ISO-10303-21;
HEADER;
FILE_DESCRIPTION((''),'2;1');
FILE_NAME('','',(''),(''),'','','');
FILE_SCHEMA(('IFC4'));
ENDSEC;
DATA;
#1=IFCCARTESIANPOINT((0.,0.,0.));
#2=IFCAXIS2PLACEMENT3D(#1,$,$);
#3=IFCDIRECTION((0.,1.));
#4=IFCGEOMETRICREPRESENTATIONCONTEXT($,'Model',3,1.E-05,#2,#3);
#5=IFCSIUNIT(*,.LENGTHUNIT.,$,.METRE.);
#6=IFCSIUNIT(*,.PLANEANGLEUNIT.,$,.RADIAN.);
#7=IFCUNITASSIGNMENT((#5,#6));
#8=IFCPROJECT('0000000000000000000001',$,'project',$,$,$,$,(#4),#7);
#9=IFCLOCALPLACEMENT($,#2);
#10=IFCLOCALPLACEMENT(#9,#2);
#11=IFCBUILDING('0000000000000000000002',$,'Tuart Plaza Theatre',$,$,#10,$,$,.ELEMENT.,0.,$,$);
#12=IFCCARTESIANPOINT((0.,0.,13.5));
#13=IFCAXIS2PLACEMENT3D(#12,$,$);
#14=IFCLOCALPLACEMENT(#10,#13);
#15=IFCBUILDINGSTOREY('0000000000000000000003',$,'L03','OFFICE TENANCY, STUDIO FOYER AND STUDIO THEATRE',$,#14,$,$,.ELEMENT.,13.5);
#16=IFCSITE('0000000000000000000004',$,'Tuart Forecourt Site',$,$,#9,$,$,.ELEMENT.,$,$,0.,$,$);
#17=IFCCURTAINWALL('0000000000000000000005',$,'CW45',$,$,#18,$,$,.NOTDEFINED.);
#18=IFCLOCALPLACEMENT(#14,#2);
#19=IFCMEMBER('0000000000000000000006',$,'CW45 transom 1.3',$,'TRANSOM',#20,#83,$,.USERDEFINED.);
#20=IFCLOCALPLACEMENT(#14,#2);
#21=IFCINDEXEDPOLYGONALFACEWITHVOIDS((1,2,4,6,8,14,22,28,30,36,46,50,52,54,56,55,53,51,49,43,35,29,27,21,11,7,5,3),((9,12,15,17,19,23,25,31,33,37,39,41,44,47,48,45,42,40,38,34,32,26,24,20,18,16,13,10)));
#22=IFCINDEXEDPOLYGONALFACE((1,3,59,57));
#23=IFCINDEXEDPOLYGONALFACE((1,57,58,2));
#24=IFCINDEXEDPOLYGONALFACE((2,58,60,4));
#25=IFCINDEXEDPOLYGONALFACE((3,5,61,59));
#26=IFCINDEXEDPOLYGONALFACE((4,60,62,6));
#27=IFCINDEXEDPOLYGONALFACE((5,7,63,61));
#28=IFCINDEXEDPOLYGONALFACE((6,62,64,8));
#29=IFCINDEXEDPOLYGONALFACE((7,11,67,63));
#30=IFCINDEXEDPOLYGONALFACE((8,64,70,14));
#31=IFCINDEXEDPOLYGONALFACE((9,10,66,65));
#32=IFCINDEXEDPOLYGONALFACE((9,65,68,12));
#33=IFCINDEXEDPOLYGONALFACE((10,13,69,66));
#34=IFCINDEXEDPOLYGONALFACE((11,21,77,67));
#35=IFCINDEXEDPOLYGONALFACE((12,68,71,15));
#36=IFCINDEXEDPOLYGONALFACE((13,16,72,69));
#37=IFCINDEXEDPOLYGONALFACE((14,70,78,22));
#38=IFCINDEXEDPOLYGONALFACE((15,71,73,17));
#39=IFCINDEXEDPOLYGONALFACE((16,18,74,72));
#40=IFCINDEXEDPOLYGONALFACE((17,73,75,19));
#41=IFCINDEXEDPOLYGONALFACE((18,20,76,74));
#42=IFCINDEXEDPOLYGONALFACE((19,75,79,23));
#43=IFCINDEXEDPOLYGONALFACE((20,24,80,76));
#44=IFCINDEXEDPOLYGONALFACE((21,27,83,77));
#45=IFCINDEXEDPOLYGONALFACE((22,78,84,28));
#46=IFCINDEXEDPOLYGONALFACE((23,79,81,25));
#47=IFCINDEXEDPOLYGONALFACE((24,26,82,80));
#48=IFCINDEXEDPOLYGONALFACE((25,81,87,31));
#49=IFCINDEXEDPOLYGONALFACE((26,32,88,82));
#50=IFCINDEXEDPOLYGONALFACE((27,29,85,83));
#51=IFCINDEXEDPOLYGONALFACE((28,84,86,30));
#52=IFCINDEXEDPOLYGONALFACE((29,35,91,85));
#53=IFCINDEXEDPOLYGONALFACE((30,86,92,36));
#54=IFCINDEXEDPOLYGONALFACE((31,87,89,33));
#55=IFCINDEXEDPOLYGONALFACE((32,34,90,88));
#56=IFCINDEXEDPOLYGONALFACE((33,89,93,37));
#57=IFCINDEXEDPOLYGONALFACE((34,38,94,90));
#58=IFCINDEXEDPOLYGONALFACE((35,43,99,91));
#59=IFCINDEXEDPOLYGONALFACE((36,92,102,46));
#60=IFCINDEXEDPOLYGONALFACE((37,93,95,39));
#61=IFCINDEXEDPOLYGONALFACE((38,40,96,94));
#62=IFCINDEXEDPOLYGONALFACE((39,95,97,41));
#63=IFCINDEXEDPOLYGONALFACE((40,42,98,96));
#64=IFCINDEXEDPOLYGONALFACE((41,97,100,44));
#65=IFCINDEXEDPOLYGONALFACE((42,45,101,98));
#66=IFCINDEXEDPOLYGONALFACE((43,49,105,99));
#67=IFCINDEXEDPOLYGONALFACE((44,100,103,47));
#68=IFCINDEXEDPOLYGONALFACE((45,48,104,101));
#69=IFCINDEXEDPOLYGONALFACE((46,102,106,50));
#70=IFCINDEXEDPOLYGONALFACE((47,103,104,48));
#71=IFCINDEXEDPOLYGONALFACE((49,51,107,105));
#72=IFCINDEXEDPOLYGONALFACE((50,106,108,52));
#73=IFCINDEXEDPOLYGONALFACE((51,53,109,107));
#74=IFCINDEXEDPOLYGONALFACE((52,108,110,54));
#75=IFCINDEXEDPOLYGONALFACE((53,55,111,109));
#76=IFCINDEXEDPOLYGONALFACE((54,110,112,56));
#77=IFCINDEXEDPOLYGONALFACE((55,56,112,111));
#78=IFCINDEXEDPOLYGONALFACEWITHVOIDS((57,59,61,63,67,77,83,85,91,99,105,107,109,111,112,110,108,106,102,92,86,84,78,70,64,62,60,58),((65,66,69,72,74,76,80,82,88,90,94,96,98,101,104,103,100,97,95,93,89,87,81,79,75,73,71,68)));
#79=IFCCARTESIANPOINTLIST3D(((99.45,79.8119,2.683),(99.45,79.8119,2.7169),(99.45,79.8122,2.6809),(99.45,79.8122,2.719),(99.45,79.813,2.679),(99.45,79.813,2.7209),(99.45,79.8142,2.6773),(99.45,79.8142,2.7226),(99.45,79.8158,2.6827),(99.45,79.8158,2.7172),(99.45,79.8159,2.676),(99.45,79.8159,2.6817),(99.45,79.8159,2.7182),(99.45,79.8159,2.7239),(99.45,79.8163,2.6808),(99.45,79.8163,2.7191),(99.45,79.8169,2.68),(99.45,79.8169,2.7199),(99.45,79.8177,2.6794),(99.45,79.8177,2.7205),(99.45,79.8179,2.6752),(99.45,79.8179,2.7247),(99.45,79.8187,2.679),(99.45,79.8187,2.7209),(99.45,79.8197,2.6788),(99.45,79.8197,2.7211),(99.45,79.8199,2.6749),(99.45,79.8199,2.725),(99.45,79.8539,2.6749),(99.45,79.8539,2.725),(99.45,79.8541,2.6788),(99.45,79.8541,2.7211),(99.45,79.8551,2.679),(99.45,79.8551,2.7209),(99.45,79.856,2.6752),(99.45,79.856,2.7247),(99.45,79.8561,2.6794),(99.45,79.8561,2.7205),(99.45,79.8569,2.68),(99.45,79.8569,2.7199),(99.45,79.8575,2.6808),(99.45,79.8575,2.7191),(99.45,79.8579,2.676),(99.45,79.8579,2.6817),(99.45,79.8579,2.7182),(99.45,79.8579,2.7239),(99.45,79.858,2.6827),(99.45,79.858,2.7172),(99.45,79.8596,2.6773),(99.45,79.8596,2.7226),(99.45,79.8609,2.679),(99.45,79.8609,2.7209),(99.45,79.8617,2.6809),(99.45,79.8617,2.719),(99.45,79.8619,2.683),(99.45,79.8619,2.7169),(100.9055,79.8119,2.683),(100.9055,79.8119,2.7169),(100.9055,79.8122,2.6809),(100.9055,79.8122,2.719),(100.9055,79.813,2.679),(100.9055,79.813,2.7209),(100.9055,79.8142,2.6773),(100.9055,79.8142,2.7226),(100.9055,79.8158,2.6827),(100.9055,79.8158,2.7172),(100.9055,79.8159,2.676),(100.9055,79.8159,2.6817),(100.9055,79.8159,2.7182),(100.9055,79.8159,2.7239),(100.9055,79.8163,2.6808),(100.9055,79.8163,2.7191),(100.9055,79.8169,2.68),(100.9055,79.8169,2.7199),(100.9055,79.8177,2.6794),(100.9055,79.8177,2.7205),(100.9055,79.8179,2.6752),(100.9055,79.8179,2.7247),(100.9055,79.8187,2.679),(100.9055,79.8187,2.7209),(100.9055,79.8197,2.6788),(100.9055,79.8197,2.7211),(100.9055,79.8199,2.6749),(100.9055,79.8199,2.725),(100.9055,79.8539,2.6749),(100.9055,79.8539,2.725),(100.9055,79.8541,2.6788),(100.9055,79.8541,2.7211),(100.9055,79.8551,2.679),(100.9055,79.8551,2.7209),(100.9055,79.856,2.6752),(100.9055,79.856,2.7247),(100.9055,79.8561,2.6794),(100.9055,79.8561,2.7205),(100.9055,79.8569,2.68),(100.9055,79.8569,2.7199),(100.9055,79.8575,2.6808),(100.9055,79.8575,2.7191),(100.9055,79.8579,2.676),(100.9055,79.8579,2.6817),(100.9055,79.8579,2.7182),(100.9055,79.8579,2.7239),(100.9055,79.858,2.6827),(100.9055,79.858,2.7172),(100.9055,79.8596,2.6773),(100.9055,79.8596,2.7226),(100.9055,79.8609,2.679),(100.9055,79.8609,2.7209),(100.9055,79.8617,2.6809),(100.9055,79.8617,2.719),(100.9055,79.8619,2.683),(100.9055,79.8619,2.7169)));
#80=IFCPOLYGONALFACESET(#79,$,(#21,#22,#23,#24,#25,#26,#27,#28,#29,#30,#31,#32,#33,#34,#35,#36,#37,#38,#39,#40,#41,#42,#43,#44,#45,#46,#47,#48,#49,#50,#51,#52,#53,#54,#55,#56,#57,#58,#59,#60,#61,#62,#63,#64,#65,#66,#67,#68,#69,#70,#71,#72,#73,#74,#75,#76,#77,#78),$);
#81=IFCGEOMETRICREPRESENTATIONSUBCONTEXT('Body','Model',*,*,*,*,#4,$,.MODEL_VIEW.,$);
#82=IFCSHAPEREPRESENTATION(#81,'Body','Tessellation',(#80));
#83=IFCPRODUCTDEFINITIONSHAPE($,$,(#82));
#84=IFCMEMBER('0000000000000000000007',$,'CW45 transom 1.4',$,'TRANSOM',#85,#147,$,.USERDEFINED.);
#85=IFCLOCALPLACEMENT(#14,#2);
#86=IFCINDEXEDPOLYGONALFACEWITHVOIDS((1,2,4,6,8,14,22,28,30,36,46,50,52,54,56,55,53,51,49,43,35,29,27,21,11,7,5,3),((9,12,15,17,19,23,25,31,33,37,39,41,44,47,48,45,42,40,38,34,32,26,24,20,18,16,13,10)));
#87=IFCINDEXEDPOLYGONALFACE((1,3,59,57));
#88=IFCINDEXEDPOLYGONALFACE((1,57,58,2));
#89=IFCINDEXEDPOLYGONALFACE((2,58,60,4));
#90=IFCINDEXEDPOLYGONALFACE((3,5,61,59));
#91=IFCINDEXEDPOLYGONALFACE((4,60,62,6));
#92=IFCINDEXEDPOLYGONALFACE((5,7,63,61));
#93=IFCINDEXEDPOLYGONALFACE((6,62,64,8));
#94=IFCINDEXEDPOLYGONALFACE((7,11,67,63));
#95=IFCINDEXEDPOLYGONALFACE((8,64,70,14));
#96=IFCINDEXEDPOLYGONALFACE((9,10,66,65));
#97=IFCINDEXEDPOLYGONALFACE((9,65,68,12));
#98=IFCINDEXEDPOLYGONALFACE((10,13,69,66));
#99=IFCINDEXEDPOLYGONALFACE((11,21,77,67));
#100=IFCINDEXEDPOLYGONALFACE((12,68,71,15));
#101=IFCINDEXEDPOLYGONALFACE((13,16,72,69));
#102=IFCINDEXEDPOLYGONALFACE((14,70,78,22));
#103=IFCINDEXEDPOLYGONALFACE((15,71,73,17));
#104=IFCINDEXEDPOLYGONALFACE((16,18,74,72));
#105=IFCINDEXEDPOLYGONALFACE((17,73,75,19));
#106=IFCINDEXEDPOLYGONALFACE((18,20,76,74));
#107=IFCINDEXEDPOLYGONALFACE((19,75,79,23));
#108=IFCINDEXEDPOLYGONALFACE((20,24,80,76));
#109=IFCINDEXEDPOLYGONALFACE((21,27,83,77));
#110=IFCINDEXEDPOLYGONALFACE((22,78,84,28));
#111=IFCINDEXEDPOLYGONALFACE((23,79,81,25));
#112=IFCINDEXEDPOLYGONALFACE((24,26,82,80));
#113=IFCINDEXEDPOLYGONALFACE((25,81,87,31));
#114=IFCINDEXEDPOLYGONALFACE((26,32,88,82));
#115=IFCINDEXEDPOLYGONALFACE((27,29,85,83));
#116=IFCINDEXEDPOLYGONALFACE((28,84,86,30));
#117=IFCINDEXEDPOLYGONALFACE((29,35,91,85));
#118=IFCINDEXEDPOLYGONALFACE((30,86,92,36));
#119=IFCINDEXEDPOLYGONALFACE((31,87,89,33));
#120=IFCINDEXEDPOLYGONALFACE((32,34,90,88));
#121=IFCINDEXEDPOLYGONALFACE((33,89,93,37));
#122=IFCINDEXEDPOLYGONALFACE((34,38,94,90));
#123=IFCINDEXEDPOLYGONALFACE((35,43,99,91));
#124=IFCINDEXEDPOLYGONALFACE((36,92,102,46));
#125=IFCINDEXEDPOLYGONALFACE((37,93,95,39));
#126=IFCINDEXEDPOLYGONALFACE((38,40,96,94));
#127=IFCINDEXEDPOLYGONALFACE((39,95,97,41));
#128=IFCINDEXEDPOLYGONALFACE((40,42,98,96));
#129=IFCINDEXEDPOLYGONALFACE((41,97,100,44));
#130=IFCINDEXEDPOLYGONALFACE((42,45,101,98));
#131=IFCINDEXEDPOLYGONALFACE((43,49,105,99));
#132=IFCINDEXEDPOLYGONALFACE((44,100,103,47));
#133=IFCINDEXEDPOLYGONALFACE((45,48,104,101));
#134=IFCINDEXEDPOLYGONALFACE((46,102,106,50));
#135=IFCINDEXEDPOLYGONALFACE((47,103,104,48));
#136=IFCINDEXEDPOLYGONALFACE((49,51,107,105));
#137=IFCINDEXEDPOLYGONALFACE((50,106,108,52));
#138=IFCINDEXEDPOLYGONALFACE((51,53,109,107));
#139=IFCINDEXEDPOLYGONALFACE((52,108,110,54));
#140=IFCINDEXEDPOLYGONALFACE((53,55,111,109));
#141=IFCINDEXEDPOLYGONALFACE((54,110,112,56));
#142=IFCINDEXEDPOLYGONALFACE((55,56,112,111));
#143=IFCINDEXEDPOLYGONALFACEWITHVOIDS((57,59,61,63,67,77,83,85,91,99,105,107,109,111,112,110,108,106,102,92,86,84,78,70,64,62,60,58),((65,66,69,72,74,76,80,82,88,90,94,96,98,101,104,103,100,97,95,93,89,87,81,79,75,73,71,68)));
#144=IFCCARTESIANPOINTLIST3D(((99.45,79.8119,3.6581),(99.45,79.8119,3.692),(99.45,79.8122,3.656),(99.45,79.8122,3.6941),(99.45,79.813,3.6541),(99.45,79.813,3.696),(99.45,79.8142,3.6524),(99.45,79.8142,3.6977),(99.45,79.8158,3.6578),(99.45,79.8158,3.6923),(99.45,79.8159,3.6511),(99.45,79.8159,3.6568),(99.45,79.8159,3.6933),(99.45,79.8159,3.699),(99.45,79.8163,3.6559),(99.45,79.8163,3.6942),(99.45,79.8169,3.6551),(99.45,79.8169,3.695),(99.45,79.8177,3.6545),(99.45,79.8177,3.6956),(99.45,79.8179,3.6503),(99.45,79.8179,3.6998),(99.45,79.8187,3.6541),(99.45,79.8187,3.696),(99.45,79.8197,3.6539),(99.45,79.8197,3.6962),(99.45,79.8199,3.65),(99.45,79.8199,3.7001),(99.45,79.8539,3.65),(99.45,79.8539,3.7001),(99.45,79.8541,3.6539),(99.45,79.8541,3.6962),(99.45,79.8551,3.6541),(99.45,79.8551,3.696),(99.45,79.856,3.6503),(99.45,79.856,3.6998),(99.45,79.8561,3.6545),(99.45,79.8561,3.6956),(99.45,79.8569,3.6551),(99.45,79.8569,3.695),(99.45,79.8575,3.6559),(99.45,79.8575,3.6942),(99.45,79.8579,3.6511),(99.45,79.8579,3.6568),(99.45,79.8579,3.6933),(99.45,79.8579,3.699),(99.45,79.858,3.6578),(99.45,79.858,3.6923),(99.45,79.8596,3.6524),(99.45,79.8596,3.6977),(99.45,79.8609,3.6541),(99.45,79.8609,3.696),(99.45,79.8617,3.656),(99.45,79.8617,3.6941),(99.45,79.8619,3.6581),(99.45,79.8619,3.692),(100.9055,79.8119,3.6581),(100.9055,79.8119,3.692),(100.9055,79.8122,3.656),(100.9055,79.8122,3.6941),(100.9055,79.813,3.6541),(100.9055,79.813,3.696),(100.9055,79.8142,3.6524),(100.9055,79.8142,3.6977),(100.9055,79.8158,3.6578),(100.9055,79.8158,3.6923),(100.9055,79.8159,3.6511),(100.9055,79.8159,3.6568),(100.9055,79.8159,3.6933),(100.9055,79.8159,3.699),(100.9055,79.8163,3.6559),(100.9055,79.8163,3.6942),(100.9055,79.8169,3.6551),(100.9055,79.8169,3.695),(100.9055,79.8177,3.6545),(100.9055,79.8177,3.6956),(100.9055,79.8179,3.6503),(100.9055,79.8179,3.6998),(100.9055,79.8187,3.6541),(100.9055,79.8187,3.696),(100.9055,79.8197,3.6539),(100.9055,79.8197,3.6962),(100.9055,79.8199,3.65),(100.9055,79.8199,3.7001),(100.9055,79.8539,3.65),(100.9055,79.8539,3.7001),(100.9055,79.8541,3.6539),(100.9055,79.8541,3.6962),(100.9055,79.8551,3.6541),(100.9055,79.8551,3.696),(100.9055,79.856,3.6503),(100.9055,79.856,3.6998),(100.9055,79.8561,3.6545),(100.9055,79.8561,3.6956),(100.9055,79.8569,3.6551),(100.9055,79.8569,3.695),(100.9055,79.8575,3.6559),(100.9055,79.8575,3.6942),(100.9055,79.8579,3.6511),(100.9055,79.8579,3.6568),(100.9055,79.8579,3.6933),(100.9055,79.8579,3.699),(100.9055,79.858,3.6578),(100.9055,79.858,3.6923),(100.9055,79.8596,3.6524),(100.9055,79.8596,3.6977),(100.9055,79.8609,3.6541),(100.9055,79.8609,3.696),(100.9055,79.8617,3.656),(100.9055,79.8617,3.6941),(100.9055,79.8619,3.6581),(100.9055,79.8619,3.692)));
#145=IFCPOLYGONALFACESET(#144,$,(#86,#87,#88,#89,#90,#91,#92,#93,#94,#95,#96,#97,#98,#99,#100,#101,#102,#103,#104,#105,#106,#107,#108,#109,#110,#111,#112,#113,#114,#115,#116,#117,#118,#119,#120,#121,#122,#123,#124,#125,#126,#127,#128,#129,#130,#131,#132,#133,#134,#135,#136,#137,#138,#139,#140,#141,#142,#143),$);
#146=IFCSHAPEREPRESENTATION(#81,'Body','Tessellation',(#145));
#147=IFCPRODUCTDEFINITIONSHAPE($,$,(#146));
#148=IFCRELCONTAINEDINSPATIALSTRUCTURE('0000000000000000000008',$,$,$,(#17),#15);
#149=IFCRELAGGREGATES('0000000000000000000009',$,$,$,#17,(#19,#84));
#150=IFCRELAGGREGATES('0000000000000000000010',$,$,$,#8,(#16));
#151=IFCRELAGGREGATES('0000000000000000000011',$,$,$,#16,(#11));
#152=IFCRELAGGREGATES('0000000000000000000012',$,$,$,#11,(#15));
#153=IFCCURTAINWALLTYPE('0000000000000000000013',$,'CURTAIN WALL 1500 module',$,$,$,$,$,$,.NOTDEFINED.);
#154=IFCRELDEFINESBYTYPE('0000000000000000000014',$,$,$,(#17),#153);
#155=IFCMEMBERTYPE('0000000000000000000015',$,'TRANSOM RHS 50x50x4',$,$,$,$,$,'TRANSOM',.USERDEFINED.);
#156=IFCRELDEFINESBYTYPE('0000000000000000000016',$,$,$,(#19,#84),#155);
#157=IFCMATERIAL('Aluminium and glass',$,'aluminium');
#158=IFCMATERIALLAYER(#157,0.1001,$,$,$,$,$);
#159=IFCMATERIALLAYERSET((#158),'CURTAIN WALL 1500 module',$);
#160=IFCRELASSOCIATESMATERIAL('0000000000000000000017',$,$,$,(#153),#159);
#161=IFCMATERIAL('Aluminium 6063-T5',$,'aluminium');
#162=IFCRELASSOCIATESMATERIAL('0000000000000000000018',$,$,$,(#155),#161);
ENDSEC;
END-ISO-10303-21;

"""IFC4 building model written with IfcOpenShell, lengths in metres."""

from ifc_helpers import new_model, si_unit, direction, frame, origin, origin_2d, place, context, subcontext, project, spatial, hollow_rectangle, extrude, material, layer, layer_set, material_profile, profile_set, type_object, element, aggregate, save


model = new_model("IFC4")

# Units and contexts
model_context = context("Model", 3, precision=1e-05, world=origin(), true_north=direction((0.0, 1.0)))
body_context = subcontext(model_context, "Body", "Model", "MODEL_VIEW")
ifc_project = project(units=[si_unit("LENGTHUNIT", "METRE"), si_unit("PLANEANGLEUNIT", "RADIAN")], contexts=[model_context])

# Site, building, storey
site_placement = place(None, origin())
site = spatial("IfcSite", under=ifc_project, at=site_placement, Name="Tuart Forecourt Site", CompositionType="ELEMENT", RefElevation=0.0)
building_placement = place(site_placement, origin())
building = spatial("IfcBuilding", under=site, at=building_placement, Name="Tuart Plaza Theatre", CompositionType="ELEMENT", ElevationOfRefHeight=0.0)
storey_placement = place(building_placement, frame((0.0, 0.0, 13.5)))
storey = spatial("IfcBuildingStorey", under=building, at=storey_placement, Name="L03", Description="OFFICE TENANCY, STUDIO FOYER AND STUDIO THEATRE", CompositionType="ELEMENT", Elevation=13.5)

# Curtain wall, members
ifc_material_1 = material(Name="Aluminium and glass", Category="aluminium")
ifc_layer_1 = layer(ifc_material_1, 0.1001)
ifc_layer_set_1 = layer_set([ifc_layer_1], Name="CURTAIN WALL 1500 module")
curtain_wall_type = type_object("IfcCurtainWallType", Name="CURTAIN WALL 1500 module", PredefinedType="NOTDEFINED", material=ifc_layer_set_1)
curtain_wall_placement = place(storey_placement, origin())
curtain_wall = element("IfcCurtainWall", 1, at=curtain_wall_placement, inside=storey, type_object=curtain_wall_type, Name="CW45", PredefinedType="NOTDEFINED")
ifc_material_2 = material(Name="Aluminium 6063-T5", Category="aluminium")
ifc_material_profile_1 = material_profile(ifc_material_2, hollow_rectangle(XDim=0.05, YDim=0.05, WallThickness=0.0039, InnerFilletRadius=0.0039, OuterFilletRadius=0.0081, at=origin_2d()), Name="RHS 50x50x4")
ifc_profile_set_1 = profile_set([ifc_material_profile_1], Name="Aluminium 6063-T5")
member_type_1 = type_object("IfcMemberType", Name="TRANSOM RHS 50x50x4", ElementType="TRANSOM", PredefinedType="USERDEFINED", material=ifc_profile_set_1)
member_1_placement = place(storey_placement, frame((99.45, 79.8369, 2.7), z_axis=(1.0, 0.0, 0.0), x_axis=(0.0, 1.0, 0.0)))
member_1 = element("IfcMember", 2, at=member_1_placement, type_object=member_type_1, Name="CW45 transom 1.3", ObjectType="TRANSOM", PredefinedType="USERDEFINED", context=body_context, shape_type="SweptSolid", body=[
    extrude(hollow_rectangle(XDim=0.05, YDim=0.05, WallThickness=0.0039, InnerFilletRadius=0.0039, OuterFilletRadius=0.0081, at=origin_2d()), origin(), (0.0, 0.0, 1.0), 1.4556),
])
member_2_placement = place(storey_placement, frame((99.45, 79.8369, 3.675), z_axis=(1.0, 0.0, 0.0), x_axis=(0.0, 1.0, 0.0)))
member_2 = element("IfcMember", 3, at=member_2_placement, type_object=member_type_1, Name="CW45 transom 1.4", ObjectType="TRANSOM", PredefinedType="USERDEFINED", context=body_context, shape_type="SweptSolid", body=[
    extrude(hollow_rectangle(XDim=0.05, YDim=0.05, WallThickness=0.0039, InnerFilletRadius=0.0039, OuterFilletRadius=0.0081, at=origin_2d()), origin(), (0.0, 0.0, 1.0), 1.4556),
])
aggregate(curtain_wall, [member_1, member_2])

save(model, "model.ifc")
